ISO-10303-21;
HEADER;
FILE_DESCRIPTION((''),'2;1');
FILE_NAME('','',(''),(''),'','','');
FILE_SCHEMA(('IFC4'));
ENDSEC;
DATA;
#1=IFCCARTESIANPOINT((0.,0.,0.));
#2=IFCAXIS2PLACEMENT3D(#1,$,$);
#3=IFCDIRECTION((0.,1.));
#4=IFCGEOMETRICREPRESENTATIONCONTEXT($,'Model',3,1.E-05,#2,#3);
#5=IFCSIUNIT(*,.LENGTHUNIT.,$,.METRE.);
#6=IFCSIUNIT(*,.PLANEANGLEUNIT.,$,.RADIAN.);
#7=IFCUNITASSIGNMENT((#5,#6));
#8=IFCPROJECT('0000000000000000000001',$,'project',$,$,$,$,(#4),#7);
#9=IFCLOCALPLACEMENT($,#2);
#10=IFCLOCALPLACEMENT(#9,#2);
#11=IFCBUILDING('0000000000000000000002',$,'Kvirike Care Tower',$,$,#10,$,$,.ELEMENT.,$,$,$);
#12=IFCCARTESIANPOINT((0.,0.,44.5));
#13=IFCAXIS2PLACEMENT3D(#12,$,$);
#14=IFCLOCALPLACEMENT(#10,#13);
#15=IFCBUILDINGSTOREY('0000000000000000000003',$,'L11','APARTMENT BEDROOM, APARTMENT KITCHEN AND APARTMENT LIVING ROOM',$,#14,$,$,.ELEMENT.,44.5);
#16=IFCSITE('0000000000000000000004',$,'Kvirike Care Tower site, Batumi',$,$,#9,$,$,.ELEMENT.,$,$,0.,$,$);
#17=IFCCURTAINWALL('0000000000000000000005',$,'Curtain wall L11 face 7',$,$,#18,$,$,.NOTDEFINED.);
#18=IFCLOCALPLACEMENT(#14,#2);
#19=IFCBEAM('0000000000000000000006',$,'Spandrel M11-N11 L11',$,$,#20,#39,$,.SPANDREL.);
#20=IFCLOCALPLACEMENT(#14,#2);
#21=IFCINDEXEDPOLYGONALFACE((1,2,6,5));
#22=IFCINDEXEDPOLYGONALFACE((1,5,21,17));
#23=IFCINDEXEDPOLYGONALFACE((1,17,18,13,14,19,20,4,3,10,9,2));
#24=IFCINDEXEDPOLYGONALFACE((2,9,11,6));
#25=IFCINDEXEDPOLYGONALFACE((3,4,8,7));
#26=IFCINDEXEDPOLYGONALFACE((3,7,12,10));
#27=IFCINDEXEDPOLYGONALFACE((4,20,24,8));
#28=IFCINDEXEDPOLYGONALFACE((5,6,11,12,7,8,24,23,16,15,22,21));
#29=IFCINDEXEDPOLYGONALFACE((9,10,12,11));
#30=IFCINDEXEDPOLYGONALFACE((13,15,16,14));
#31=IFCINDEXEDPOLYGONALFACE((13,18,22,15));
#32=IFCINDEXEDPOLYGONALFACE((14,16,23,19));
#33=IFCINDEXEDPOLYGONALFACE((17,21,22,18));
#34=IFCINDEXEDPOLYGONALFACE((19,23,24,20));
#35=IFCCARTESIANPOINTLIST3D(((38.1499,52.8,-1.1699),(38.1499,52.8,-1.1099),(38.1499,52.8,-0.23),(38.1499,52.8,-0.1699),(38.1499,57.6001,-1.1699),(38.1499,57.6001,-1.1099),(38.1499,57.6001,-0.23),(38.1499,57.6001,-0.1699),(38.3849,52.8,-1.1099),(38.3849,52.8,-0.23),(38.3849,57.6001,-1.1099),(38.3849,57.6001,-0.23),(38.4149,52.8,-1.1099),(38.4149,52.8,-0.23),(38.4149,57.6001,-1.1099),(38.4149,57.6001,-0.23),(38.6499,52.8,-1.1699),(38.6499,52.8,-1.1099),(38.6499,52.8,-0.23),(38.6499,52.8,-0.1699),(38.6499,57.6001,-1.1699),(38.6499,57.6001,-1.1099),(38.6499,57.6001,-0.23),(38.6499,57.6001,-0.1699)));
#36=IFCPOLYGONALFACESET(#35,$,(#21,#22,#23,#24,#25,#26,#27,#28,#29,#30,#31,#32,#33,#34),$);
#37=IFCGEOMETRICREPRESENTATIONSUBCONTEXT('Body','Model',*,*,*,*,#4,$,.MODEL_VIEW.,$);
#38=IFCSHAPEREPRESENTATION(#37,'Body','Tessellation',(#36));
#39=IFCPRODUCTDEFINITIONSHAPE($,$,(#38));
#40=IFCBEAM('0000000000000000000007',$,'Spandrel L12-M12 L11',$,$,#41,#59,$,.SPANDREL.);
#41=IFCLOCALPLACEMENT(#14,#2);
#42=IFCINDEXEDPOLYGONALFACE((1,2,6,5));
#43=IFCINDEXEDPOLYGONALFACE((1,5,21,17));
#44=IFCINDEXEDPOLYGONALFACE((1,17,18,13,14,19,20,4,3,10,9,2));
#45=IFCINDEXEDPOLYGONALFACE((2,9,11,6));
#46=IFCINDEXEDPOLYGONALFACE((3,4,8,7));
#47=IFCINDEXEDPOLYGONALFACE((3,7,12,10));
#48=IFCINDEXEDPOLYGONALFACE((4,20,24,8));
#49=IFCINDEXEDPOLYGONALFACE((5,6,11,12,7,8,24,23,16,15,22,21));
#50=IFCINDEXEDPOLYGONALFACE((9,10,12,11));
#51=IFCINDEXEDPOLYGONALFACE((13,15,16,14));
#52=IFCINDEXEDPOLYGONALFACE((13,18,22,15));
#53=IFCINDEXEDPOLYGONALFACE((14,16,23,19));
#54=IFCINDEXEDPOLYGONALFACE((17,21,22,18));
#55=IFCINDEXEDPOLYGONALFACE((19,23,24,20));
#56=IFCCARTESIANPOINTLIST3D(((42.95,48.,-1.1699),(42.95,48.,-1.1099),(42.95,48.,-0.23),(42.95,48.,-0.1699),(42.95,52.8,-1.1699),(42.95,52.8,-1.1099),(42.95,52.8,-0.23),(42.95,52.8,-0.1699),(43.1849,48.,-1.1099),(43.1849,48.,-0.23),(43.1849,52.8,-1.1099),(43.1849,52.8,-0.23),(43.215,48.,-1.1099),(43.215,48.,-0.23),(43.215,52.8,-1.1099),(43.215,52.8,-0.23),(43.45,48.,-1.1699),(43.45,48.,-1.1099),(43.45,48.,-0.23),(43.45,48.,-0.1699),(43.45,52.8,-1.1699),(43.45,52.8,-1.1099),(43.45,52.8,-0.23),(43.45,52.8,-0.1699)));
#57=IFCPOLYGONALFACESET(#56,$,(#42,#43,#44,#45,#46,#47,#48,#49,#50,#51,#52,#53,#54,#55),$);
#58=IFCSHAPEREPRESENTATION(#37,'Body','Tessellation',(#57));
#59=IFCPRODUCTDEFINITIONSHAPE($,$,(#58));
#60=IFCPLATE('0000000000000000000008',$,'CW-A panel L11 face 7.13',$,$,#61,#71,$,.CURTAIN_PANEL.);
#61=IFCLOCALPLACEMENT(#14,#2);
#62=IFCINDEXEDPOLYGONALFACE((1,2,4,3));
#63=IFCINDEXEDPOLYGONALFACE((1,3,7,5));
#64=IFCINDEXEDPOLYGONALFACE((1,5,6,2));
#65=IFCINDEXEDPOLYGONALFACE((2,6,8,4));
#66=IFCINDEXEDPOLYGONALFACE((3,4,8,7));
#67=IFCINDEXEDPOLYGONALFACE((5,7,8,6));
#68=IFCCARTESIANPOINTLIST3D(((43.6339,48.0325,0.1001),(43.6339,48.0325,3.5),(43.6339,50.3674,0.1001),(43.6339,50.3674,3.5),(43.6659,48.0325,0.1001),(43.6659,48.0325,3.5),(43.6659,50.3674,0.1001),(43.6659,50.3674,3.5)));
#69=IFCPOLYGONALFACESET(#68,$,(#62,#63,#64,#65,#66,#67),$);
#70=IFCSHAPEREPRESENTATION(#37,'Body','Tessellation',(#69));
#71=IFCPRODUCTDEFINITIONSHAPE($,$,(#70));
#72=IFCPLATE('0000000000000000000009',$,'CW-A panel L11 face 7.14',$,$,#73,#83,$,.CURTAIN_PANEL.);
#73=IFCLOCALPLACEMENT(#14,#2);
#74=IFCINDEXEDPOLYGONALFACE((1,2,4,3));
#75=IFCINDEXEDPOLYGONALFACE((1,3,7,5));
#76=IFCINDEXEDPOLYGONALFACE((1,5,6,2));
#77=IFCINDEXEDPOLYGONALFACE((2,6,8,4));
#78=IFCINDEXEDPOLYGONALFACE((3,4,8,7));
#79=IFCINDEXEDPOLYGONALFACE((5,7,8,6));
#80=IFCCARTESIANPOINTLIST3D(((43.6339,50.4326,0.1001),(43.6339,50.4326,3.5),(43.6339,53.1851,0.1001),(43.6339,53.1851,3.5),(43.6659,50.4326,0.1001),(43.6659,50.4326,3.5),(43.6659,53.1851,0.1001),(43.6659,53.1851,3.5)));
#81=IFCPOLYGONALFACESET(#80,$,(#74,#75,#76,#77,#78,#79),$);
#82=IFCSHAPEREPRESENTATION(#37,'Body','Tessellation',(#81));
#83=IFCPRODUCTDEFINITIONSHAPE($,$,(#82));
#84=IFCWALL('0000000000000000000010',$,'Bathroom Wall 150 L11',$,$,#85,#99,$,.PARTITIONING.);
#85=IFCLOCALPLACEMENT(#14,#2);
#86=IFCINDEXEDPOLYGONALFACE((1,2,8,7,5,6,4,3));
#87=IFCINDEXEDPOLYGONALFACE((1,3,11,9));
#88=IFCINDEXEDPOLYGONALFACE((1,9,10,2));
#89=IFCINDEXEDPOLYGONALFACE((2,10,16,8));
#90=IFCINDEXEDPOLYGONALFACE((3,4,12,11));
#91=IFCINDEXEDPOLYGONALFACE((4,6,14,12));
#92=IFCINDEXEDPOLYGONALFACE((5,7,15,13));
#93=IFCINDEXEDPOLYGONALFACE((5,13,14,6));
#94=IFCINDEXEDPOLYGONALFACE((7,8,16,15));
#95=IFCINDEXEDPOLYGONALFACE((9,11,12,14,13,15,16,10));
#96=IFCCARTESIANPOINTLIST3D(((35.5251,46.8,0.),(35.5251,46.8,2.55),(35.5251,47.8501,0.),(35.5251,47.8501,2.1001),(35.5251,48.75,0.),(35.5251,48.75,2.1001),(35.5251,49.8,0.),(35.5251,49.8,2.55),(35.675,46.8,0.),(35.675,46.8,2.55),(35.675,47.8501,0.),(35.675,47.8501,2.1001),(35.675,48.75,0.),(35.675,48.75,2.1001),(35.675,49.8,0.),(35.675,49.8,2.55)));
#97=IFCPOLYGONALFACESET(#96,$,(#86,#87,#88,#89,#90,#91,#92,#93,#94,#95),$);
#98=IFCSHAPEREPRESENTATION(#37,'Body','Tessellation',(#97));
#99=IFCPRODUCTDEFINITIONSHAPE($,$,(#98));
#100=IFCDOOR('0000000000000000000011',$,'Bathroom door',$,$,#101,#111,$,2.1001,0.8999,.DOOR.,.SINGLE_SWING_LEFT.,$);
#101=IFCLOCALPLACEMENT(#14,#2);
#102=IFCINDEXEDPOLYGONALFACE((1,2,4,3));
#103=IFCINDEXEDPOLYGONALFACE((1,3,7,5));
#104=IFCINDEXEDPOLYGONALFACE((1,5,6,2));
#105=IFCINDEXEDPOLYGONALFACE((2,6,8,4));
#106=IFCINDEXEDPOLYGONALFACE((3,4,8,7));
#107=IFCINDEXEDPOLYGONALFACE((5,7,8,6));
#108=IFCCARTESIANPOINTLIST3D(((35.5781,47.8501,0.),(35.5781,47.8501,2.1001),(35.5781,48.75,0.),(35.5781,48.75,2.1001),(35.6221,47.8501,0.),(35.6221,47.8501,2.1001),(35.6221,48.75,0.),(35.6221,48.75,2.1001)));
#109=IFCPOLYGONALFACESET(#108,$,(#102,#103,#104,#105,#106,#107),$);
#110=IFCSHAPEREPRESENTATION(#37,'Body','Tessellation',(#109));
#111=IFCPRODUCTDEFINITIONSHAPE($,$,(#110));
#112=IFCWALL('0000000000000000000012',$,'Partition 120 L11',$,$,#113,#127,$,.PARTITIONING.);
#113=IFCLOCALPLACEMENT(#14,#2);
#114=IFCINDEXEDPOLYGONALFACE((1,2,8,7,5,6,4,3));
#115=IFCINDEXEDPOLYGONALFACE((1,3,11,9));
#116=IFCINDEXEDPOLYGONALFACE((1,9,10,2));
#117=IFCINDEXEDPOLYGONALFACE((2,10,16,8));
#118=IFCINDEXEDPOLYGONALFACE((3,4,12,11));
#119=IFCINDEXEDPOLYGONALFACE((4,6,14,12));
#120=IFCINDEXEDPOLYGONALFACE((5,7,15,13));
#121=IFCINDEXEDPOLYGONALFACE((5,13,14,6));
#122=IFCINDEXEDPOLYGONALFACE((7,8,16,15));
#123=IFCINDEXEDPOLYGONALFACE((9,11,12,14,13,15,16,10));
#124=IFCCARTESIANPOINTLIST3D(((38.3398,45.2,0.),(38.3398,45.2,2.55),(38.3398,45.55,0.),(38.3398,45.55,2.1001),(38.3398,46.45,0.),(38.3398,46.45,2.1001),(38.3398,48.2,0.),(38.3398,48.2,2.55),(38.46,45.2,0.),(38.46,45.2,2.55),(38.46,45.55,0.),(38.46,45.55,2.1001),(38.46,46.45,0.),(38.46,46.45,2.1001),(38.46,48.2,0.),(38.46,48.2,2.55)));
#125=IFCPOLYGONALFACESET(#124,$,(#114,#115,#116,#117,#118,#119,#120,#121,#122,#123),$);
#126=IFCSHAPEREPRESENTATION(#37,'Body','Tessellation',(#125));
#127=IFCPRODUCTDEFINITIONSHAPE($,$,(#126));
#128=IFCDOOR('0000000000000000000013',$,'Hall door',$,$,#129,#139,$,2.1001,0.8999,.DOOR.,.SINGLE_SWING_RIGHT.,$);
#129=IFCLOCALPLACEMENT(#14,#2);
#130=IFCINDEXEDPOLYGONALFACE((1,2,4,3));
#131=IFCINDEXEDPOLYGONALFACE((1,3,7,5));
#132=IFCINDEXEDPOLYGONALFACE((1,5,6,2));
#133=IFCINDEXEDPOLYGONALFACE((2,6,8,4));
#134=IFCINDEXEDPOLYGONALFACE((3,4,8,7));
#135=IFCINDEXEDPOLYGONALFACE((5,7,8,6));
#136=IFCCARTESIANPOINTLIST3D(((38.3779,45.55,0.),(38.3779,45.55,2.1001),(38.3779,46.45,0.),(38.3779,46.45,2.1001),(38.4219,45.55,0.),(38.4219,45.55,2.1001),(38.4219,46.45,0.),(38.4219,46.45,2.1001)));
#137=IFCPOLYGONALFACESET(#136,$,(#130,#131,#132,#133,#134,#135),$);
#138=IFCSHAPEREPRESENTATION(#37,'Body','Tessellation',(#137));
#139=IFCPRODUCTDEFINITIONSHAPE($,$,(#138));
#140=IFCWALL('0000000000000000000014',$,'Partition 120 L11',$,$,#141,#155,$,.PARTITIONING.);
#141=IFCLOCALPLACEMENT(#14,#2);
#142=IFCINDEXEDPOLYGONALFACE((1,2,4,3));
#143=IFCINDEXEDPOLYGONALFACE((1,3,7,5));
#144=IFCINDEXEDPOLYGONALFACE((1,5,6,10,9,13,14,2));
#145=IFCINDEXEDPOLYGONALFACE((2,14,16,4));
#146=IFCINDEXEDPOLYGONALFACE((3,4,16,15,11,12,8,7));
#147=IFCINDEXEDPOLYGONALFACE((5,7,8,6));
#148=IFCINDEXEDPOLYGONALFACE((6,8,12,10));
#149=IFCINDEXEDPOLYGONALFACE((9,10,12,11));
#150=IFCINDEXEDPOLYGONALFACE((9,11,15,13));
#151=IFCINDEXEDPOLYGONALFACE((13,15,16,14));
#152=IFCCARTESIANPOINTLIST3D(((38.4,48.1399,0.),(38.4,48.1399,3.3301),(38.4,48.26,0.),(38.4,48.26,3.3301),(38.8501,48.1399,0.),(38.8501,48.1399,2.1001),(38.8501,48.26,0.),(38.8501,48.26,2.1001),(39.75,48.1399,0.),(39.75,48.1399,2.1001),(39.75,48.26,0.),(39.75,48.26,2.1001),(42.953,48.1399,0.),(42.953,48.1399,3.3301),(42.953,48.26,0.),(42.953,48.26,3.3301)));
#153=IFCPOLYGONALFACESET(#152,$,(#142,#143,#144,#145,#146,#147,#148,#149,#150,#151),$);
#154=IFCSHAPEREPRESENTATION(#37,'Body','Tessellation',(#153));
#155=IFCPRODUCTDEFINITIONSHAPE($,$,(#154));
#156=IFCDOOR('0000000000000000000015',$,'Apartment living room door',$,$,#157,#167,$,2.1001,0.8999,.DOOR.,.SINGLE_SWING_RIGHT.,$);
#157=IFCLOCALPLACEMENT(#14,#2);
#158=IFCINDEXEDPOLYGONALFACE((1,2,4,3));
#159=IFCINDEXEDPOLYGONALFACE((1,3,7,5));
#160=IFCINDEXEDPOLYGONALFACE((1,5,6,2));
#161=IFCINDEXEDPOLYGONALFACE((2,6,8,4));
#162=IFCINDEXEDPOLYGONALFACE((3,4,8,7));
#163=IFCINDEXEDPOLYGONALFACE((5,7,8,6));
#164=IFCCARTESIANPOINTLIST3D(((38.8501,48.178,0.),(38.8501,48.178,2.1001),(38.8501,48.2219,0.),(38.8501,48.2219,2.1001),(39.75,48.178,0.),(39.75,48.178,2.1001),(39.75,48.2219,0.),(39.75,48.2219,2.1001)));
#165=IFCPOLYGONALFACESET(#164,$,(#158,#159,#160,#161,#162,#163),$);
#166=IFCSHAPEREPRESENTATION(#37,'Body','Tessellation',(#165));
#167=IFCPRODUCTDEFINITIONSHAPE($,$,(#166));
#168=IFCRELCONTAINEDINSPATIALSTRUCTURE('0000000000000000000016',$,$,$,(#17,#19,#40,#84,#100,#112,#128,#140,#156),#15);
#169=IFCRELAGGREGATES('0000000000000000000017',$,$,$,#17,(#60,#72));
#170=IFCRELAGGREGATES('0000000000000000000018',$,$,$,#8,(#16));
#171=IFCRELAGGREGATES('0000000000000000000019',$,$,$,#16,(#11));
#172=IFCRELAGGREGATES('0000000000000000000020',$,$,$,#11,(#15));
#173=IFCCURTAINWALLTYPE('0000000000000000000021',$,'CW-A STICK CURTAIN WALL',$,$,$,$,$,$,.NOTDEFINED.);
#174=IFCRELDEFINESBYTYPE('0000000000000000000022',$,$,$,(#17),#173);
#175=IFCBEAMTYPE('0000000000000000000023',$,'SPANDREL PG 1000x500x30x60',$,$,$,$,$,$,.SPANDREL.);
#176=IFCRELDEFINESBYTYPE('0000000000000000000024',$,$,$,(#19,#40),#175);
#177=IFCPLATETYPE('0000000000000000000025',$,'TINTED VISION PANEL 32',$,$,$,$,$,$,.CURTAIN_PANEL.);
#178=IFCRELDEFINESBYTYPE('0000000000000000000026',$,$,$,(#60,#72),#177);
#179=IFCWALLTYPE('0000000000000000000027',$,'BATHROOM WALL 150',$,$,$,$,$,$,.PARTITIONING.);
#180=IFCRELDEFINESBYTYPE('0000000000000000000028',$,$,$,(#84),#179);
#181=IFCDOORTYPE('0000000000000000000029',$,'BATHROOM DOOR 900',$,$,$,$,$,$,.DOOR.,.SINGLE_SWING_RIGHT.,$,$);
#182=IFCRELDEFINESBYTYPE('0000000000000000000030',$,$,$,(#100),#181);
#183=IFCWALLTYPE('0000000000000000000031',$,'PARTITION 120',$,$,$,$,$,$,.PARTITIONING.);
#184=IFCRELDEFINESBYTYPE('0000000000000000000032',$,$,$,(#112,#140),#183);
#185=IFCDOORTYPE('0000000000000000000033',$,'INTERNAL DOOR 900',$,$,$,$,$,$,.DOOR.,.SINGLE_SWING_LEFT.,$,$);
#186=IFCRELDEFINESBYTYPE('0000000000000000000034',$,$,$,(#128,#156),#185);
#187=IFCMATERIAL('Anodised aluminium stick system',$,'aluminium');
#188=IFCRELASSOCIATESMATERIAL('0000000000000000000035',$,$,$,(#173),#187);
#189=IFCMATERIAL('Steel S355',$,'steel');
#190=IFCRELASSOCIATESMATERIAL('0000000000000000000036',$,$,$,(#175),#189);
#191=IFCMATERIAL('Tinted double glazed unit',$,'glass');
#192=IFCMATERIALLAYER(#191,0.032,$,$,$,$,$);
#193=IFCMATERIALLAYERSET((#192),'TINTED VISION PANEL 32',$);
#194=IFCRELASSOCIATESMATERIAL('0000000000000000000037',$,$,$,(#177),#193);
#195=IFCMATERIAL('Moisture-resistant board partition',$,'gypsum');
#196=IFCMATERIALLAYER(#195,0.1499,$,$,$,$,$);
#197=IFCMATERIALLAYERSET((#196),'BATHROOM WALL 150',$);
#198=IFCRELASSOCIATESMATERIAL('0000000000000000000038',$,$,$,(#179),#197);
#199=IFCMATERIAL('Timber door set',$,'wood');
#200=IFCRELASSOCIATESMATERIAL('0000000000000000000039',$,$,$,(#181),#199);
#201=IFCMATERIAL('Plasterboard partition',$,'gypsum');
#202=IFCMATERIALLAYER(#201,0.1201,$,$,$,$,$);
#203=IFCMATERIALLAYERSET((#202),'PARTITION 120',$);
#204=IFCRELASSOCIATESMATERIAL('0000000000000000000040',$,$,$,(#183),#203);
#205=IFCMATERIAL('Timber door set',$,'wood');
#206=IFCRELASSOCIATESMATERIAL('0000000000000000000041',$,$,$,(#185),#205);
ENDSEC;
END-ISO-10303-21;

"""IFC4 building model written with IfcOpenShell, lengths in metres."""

from ifc_helpers import new_model, si_unit, direction, frame, frame_2d, origin, origin_2d, place, context, subcontext, project, spatial, rectangle, i_section, extrude, material, layer, layer_set, material_profile, profile_set, type_object, element, fill, aggregate, save


model = new_model("IFC4")

# Units and contexts
model_context = context("Model", 3, precision=1e-05, world=origin(), true_north=direction((0.0, 1.0)))
body_context = subcontext(model_context, "Body", "Model", "MODEL_VIEW")
ifc_project = project(units=[si_unit("LENGTHUNIT", "METRE"), si_unit("PLANEANGLEUNIT", "RADIAN")], contexts=[model_context])

# Site, building, storey
site_placement = place(None, origin())
site = spatial("IfcSite", under=ifc_project, at=site_placement, Name="Kvirike Care Tower site, Batumi", CompositionType="ELEMENT", RefElevation=0.0)
building_placement = place(site_placement, origin())
building = spatial("IfcBuilding", under=site, at=building_placement, Name="Kvirike Care Tower", CompositionType="ELEMENT")
storey_placement = place(building_placement, frame((0.0, 0.0, 44.5)))
storey = spatial("IfcBuildingStorey", under=building, at=storey_placement, Name="L11", Description="APARTMENT BEDROOM, APARTMENT KITCHEN AND APARTMENT LIVING ROOM", CompositionType="ELEMENT", Elevation=44.5)

# Curtain wall
ifc_material_1 = material(Name="Anodised aluminium stick system", Category="aluminium")
curtain_wall_type = type_object("IfcCurtainWallType", Name="CW-A STICK CURTAIN WALL", PredefinedType="NOTDEFINED", material=ifc_material_1)
curtain_wall_1_placement = place(storey_placement, origin())
curtain_wall_1 = element("IfcCurtainWall", 1, at=curtain_wall_1_placement, inside=storey, type_object=curtain_wall_type, Name="Curtain wall L11 face 7", PredefinedType="NOTDEFINED")

# Beams
ifc_material_2 = material(Name="Steel S355", Category="steel")
ifc_material_profile_1 = material_profile(ifc_material_2, i_section(OverallWidth=0.5, OverallDepth=1.0, WebThickness=0.03, FlangeThickness=0.0601, at=origin_2d()), Name="PG 1000x500x30x60")
ifc_profile_set_1 = profile_set([ifc_material_profile_1], Name="Steel S355")
beam_type = type_object("IfcBeamType", Name="SPANDREL PG 1000x500x30x60", PredefinedType="SPANDREL", material=ifc_profile_set_1)
for number, where, z_axis, x_axis, name in (
    (2, (38.3999, 52.8, -0.6699), (0.0, 1.0, 0.0), (-1.0, 0.0, 0.0), "Spandrel M11-N11 L11"),
    (3, (43.2, 48.0, -0.6699), (0.0, 1.0, 0.0), (-1.0, 0.0, 0.0), "Spandrel L12-M12 L11"),
):
    element("IfcBeam", number, at=place(storey_placement, frame(where, z_axis=z_axis, x_axis=x_axis)), inside=storey, type_object=beam_type, Name=name, PredefinedType="SPANDREL", context=body_context, shape_type="SweptSolid", body=[
        extrude(i_section(OverallWidth=0.5, OverallDepth=1.0, WebThickness=0.03, FlangeThickness=0.0601, at=origin_2d()), origin(), (0.0, 0.0, 1.0), 4.8),
    ])

# Plates
ifc_material_3 = material(Name="Tinted double glazed unit", Category="glass")
ifc_layer_1 = layer(ifc_material_3, 0.032)
ifc_layer_set_1 = layer_set([ifc_layer_1], Name="TINTED VISION PANEL 32")
plate_type = type_object("IfcPlateType", Name="TINTED VISION PANEL 32", PredefinedType="CURTAIN_PANEL", material=ifc_layer_set_1)
plate_1_placement = place(storey_placement, frame((43.6499, 49.2, 0.1001), z_axis=(0.0, 0.0, 1.0), x_axis=(0.0, 1.0, 0.0)))
plate_1 = element("IfcPlate", 4, at=plate_1_placement, type_object=plate_type, Name="CW-A panel L11 face 7.13", PredefinedType="CURTAIN_PANEL", context=body_context, shape_type="SweptSolid", body=[
    extrude(rectangle(XDim=2.335, YDim=0.032, at=origin_2d()), origin(), (0.0, 0.0, 1.0), 3.3999),
])
plate_2_placement = place(storey_placement, frame((43.6499, 51.8088, 0.1001), z_axis=(0.0, 0.0, 1.0), x_axis=(0.0, 1.0, 0.0)))
plate_2 = element("IfcPlate", 5, at=plate_2_placement, type_object=plate_type, Name="CW-A panel L11 face 7.14", PredefinedType="CURTAIN_PANEL", context=body_context, shape_type="SweptSolid", body=[
    extrude(rectangle(XDim=2.7524, YDim=0.032, at=origin_2d()), origin(), (0.0, 0.0, 1.0), 3.3999),
])
aggregate(curtain_wall_1, [plate_1, plate_2])

# Walls, openings, doors
ifc_material_4 = material(Name="Moisture-resistant board partition", Category="gypsum")
ifc_layer_2 = layer(ifc_material_4, 0.1499)
ifc_layer_set_2 = layer_set([ifc_layer_2], Name="BATHROOM WALL 150")
wall_type_1 = type_object("IfcWallType", Name="BATHROOM WALL 150", PredefinedType="PARTITIONING", material=ifc_layer_set_2)
wall_1_placement = place(storey_placement, frame((35.6001, 49.8, 0.0), z_axis=(0.0, 0.0, 1.0), x_axis=(0.0, -1.0, 0.0)))
wall_1 = element("IfcWall", 6, at=wall_1_placement, inside=storey, type_object=wall_type_1, Name="Bathroom Wall 150 L11", PredefinedType="PARTITIONING", context=body_context, shape_type="SweptSolid", body=[
    extrude(rectangle(XDim=3.0, YDim=0.1499, at=frame_2d((1.5, 0.0))), origin(), (0.0, 0.0, 1.0), 2.55),
])
opening_1_placement = place(wall_1_placement, frame((1.05, 0.0, 0.0)))
opening_1 = element("IfcOpeningElement", 7, at=opening_1_placement, cuts=wall_1, PredefinedType="OPENING", context=body_context, shape_type="SweptSolid", body=[
    extrude(rectangle(XDim=0.8999, YDim=2.1001, at=frame_2d((0.45, 1.05))), frame((0.0, 0.0854, 0.0), z_axis=(0.0, -1.0, 0.0), x_axis=(1.0, 0.0, 0.0)), (0.0, 0.0, 1.0), 0.1709),
])
ifc_material_5 = material(Name="Timber door set", Category="wood")
door_type_1 = type_object("IfcDoorType", Name="BATHROOM DOOR 900", OperationType="SINGLE_SWING_RIGHT", PredefinedType="DOOR", material=ifc_material_5)
door_1_placement = place(opening_1_placement, origin())
door_1 = element("IfcDoor", 8, at=door_1_placement, inside=storey, type_object=door_type_1, Name="Bathroom door", OperationType="SINGLE_SWING_LEFT", OverallHeight=2.1001, OverallWidth=0.8999, PredefinedType="DOOR", context=body_context, shape_type="SweptSolid", body=[
    extrude(rectangle(XDim=0.8999, YDim=2.1001, at=frame_2d((0.45, 1.05))), frame((0.0, 0.022, 0.0), z_axis=(0.0, -1.0, 0.0), x_axis=(1.0, 0.0, 0.0)), (0.0, 0.0, 1.0), 0.0439),
])
fill(opening_1, door_1)
ifc_material_6 = material(Name="Plasterboard partition", Category="gypsum")
ifc_layer_3 = layer(ifc_material_6, 0.1201)
ifc_layer_set_3 = layer_set([ifc_layer_3], Name="PARTITION 120")
wall_type_2 = type_object("IfcWallType", Name="PARTITION 120", PredefinedType="PARTITIONING", material=ifc_layer_set_3)
wall_2_placement = place(storey_placement, frame((38.3999, 48.2, 0.0), z_axis=(0.0, 0.0, 1.0), x_axis=(0.0, -1.0, 0.0)))
wall_2 = element("IfcWall", 9, at=wall_2_placement, inside=storey, type_object=wall_type_2, Name="Partition 120 L11", PredefinedType="PARTITIONING", context=body_context, shape_type="SweptSolid", body=[
    extrude(rectangle(XDim=3.0, YDim=0.1201, at=frame_2d((1.5, 0.0))), origin(), (0.0, 0.0, 1.0), 2.55),
])
opening_2_placement = place(wall_2_placement, frame((1.75, 0.0, 0.0)))
opening_2 = element("IfcOpeningElement", 10, at=opening_2_placement, cuts=wall_2, PredefinedType="OPENING", context=body_context, shape_type="SweptSolid", body=[
    extrude(rectangle(XDim=0.8999, YDim=2.1001, at=frame_2d((0.45, 1.05))), frame((0.0, 0.0706, 0.0), z_axis=(0.0, -1.0, 0.0), x_axis=(1.0, 0.0, 0.0)), (0.0, 0.0, 1.0), 0.1411),
])
ifc_material_7 = material(Name="Timber door set", Category="wood")
door_type_2 = type_object("IfcDoorType", Name="INTERNAL DOOR 900", OperationType="SINGLE_SWING_LEFT", PredefinedType="DOOR", material=ifc_material_7)
door_2_placement = place(opening_2_placement, origin())
door_2 = element("IfcDoor", 11, at=door_2_placement, inside=storey, type_object=door_type_2, Name="Hall door", OperationType="SINGLE_SWING_RIGHT", OverallHeight=2.1001, OverallWidth=0.8999, PredefinedType="DOOR", context=body_context, shape_type="SweptSolid", body=[
    extrude(rectangle(XDim=0.8999, YDim=2.1001, at=frame_2d((0.45, 1.05))), frame((0.0, 0.022, 0.0), z_axis=(0.0, -1.0, 0.0), x_axis=(1.0, 0.0, 0.0)), (0.0, 0.0, 1.0), 0.0439),
])
fill(opening_2, door_2)
wall_3_placement = place(storey_placement, frame((42.9529, 48.2, 0.0), z_axis=(0.0, 0.0, 1.0), x_axis=(-1.0, 0.0, 0.0)))
wall_3 = element("IfcWall", 12, at=wall_3_placement, inside=storey, type_object=wall_type_2, Name="Partition 120 L11", PredefinedType="PARTITIONING", context=body_context, shape_type="SweptSolid", body=[
    extrude(rectangle(XDim=4.553, YDim=0.1201, at=frame_2d((2.2764, 0.0))), origin(), (0.0, 0.0, 1.0), 3.3301),
])
opening_3_placement = place(wall_3_placement, frame((3.2029, 0.0, 0.0)))
opening_3 = element("IfcOpeningElement", 13, at=opening_3_placement, cuts=wall_3, PredefinedType="OPENING", context=body_context, shape_type="SweptSolid", body=[
    extrude(rectangle(XDim=0.8999, YDim=2.1001, at=frame_2d((0.45, 1.05))), frame((0.0, 0.0706, 0.0), z_axis=(0.0, -1.0, 0.0), x_axis=(1.0, 0.0, 0.0)), (0.0, 0.0, 1.0), 0.1411),
])
door_3_placement = place(opening_3_placement, frame((0.8999, 0.0, 0.0), z_axis=(0.0, 0.0, 1.0), x_axis=(-1.0, 0.0, 0.0)))
door_3 = element("IfcDoor", 14, at=door_3_placement, inside=storey, type_object=door_type_2, Name="Apartment living room door", OperationType="SINGLE_SWING_RIGHT", OverallHeight=2.1001, OverallWidth=0.8999, PredefinedType="DOOR", context=body_context, shape_type="SweptSolid", body=[
    extrude(rectangle(XDim=0.8999, YDim=2.1001, at=frame_2d((0.45, 1.05))), frame((0.0, 0.022, 0.0), z_axis=(0.0, -1.0, 0.0), x_axis=(1.0, 0.0, 0.0)), (0.0, 0.0, 1.0), 0.0439),
])
fill(opening_3, door_3)

save(model, "model.ifc")
